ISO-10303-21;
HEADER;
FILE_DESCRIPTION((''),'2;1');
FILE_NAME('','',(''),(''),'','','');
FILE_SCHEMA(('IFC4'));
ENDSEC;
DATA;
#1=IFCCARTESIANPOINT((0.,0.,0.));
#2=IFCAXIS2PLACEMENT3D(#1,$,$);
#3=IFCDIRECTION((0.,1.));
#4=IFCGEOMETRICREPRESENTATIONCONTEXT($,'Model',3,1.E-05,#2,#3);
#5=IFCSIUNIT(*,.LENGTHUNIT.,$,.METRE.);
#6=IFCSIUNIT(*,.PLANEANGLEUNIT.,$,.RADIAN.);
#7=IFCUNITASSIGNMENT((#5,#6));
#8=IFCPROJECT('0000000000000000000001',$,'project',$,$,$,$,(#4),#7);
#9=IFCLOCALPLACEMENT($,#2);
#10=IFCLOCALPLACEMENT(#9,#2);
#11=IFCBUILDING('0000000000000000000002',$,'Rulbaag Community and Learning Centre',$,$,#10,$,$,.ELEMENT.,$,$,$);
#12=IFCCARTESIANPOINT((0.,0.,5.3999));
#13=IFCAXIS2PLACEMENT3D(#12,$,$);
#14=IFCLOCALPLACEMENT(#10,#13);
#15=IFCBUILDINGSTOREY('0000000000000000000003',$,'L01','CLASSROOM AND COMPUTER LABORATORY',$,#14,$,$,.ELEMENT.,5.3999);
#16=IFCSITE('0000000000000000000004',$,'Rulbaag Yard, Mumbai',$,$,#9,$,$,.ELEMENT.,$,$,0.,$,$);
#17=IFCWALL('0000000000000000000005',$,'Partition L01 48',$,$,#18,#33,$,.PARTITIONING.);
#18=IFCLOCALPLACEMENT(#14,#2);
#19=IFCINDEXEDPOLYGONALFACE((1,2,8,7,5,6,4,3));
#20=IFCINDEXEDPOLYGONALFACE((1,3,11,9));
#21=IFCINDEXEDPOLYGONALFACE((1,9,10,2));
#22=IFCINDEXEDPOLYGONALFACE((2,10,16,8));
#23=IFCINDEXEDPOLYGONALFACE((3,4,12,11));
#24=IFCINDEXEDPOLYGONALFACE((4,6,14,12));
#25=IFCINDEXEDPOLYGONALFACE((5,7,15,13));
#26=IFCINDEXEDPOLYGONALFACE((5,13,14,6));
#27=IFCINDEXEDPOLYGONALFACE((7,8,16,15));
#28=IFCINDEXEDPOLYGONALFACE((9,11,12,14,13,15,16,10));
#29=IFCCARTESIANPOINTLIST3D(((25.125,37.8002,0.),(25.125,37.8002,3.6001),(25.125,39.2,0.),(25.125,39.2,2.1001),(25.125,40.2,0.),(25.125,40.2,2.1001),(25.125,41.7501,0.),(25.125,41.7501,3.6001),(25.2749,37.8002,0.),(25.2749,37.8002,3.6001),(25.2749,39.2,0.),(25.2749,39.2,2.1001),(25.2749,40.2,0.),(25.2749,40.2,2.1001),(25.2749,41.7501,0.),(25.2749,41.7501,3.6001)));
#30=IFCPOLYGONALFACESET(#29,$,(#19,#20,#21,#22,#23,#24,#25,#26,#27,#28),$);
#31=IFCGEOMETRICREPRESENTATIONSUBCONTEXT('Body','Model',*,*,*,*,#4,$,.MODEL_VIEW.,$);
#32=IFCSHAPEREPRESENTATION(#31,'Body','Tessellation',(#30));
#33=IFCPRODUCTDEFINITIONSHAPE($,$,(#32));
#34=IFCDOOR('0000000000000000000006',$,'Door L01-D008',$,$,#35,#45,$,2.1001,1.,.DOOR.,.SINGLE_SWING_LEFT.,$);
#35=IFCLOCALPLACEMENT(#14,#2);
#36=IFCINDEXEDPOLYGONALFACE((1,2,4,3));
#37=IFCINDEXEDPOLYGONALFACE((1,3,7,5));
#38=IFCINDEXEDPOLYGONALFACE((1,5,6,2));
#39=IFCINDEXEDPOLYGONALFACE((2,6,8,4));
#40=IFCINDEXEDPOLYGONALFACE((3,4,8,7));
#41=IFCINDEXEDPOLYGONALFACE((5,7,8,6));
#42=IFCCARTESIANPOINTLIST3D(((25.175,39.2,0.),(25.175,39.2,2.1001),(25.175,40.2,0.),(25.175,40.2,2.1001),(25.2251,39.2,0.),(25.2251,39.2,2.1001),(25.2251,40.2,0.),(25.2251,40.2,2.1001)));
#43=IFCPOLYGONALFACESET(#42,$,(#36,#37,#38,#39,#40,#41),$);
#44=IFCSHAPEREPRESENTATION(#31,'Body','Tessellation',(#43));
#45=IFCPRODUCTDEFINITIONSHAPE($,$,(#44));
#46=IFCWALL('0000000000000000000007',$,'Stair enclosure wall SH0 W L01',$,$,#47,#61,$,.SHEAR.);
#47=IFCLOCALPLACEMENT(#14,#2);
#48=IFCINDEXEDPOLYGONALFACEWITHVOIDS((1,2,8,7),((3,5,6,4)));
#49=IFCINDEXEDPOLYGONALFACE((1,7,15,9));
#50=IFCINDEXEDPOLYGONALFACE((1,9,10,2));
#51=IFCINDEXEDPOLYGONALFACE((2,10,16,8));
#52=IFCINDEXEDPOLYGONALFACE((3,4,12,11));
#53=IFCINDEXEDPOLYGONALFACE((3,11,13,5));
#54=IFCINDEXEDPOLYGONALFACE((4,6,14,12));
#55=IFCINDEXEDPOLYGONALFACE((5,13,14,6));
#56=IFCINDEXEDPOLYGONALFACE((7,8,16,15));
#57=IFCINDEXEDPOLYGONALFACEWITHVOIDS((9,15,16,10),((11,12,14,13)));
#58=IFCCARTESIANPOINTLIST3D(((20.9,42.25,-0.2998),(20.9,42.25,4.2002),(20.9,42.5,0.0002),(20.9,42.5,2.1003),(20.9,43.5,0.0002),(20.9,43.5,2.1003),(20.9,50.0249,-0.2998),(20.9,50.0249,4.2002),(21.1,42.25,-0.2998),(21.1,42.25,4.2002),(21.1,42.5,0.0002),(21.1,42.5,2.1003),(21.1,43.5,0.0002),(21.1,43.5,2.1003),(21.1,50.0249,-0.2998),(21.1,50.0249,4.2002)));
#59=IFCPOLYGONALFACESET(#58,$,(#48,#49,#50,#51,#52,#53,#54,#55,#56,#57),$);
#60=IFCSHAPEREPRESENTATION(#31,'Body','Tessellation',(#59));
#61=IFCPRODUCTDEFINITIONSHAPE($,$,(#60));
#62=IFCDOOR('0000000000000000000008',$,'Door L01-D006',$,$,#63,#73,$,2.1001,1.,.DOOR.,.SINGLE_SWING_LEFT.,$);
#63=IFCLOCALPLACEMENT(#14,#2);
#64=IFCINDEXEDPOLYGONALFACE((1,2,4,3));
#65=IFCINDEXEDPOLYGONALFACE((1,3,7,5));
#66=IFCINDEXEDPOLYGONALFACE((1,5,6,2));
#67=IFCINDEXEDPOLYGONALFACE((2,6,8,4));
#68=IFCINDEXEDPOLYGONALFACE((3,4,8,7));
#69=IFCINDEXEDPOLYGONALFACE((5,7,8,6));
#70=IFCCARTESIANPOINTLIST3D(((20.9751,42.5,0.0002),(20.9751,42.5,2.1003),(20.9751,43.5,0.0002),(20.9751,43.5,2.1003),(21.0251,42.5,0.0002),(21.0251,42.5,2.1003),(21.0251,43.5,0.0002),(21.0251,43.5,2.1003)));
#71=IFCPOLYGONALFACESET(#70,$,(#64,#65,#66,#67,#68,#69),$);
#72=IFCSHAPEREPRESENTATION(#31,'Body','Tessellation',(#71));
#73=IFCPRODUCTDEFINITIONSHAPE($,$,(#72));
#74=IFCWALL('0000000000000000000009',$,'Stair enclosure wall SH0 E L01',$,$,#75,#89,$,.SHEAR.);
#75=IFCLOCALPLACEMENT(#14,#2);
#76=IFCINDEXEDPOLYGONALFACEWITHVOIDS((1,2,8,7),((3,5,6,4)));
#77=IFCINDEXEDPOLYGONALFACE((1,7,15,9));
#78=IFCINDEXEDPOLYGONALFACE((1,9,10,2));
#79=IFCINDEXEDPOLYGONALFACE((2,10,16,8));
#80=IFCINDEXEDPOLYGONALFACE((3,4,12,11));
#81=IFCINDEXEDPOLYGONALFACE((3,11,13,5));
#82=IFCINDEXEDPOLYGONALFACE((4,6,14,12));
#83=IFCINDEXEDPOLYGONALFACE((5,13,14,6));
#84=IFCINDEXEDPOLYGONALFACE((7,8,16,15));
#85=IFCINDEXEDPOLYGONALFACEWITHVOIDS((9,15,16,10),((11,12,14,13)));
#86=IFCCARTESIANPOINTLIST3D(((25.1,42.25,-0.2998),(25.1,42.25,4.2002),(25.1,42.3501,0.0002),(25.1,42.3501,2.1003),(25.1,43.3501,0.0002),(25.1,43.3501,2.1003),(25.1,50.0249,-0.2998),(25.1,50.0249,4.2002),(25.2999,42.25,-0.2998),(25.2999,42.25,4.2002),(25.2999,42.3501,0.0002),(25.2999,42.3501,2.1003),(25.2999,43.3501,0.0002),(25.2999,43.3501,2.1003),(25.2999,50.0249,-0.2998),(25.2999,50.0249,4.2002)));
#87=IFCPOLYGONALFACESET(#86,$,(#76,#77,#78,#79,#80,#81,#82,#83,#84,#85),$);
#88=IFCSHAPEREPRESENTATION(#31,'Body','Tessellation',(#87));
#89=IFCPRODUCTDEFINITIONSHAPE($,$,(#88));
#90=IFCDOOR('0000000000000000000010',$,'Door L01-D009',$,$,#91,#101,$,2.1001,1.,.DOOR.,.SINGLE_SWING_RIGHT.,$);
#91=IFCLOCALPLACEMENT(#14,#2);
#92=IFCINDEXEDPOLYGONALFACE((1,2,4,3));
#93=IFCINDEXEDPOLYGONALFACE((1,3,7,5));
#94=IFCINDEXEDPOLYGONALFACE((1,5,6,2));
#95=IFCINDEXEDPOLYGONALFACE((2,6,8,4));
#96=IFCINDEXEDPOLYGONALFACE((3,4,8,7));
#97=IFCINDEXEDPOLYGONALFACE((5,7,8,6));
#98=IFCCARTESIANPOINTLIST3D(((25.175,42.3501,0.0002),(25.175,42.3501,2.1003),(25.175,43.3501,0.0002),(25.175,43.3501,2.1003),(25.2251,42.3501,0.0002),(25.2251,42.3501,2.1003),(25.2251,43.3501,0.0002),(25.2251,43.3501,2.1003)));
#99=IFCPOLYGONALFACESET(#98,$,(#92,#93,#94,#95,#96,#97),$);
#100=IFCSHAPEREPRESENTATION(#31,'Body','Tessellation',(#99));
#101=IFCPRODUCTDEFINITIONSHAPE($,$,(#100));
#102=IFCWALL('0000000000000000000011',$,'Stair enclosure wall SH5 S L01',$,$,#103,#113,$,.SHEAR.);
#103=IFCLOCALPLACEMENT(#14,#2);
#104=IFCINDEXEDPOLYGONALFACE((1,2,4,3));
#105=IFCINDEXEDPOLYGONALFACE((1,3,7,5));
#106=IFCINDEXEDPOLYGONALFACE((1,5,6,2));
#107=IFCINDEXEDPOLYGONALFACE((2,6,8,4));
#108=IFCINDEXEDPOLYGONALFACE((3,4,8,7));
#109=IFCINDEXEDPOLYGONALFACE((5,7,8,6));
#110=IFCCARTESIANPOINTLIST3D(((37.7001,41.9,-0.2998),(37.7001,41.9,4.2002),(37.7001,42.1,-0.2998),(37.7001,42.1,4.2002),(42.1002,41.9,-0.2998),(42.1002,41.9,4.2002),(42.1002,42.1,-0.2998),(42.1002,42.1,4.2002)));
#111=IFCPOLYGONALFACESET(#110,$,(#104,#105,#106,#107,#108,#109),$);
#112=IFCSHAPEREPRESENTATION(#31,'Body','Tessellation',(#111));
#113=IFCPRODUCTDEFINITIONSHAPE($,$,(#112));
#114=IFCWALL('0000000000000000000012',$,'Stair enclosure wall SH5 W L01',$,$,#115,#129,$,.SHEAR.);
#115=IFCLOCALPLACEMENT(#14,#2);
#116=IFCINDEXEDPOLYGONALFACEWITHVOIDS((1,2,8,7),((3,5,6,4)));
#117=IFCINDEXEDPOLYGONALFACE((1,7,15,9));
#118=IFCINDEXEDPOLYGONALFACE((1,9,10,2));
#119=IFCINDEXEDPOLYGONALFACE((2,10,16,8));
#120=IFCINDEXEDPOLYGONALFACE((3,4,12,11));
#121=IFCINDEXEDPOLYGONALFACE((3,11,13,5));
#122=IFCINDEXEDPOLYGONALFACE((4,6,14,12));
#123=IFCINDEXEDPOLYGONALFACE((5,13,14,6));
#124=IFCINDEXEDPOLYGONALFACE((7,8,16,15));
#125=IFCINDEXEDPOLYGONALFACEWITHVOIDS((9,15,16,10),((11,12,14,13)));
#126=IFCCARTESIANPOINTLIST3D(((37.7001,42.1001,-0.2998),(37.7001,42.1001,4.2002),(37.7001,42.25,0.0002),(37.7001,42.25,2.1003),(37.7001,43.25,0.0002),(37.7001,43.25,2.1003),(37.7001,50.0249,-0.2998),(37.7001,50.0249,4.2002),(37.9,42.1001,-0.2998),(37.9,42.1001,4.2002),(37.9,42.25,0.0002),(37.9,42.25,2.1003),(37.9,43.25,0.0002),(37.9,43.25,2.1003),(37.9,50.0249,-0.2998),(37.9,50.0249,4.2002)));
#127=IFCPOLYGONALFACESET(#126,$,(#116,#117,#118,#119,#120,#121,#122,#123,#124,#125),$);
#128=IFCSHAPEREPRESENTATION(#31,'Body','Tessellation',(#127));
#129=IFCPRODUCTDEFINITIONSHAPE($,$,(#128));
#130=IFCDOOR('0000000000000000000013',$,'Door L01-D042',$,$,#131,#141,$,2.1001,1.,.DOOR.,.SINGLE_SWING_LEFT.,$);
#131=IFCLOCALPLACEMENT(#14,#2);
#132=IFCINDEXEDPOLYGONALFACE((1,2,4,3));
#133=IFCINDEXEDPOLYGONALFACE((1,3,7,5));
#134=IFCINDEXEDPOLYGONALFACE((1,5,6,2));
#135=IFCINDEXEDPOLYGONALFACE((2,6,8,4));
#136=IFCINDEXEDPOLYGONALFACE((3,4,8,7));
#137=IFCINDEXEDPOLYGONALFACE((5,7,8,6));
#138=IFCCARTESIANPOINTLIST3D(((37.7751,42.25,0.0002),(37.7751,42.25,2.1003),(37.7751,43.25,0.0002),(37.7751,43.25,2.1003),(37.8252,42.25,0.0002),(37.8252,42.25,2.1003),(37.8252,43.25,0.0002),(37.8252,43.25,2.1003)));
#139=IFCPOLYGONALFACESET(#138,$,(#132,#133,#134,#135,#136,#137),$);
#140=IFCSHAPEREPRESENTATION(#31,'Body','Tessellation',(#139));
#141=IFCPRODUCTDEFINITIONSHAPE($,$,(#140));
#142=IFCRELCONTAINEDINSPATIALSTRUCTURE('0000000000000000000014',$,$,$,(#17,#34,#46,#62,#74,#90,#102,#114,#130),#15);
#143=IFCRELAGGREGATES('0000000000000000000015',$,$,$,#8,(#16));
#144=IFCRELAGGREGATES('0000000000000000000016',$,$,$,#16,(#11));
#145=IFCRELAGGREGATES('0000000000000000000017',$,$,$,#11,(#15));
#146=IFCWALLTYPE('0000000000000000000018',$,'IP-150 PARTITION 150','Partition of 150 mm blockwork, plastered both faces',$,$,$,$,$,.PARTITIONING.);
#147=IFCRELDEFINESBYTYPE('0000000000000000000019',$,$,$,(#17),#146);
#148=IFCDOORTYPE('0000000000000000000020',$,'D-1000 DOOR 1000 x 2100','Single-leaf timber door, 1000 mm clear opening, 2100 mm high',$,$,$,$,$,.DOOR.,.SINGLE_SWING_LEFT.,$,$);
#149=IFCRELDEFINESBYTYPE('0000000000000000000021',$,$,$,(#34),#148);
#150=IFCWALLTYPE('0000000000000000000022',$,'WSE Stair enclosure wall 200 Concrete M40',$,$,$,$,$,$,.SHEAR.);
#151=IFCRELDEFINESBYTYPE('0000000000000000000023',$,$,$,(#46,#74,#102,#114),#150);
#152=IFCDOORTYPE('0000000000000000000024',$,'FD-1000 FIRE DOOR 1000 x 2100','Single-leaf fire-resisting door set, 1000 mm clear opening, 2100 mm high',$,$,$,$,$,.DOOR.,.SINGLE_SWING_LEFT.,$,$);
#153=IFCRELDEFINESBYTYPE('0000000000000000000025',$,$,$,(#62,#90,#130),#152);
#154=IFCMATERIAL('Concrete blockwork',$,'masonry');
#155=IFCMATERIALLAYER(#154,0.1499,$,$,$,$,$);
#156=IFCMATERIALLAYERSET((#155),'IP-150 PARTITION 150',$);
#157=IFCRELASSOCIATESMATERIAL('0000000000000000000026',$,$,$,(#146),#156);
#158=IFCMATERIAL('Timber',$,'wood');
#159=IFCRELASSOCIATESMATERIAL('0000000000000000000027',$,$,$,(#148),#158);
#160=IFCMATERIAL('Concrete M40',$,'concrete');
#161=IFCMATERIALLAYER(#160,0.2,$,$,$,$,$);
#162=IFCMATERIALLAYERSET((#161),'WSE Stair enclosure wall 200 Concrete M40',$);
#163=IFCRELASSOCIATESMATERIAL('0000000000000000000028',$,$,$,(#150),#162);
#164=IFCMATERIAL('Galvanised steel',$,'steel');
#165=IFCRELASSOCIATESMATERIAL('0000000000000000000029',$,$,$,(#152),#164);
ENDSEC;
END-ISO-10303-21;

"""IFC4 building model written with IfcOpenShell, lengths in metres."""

from ifc_helpers import new_model, si_unit, direction, frame, frame_2d, origin, place, context, subcontext, project, spatial, rectangle, extrude, material, layer, layer_set, type_object, element, fill, save


model = new_model("IFC4")

# Units and contexts
model_context = context("Model", 3, precision=1e-05, world=origin(), true_north=direction((0.0, 1.0)))
body_context = subcontext(model_context, "Body", "Model", "MODEL_VIEW")
ifc_project = project(units=[si_unit("LENGTHUNIT", "METRE"), si_unit("PLANEANGLEUNIT", "RADIAN")], contexts=[model_context])

# Site, building, storey
site_placement = place(None, origin())
site = spatial("IfcSite", under=ifc_project, at=site_placement, Name="Rulbaag Yard, Mumbai", CompositionType="ELEMENT", RefElevation=0.0)
building_placement = place(site_placement, origin())
building = spatial("IfcBuilding", under=site, at=building_placement, Name="Rulbaag Community and Learning Centre", CompositionType="ELEMENT")
storey_placement = place(building_placement, frame((0.0, 0.0, 5.3999)))
storey = spatial("IfcBuildingStorey", under=building, at=storey_placement, Name="L01", Description="CLASSROOM AND COMPUTER LABORATORY", CompositionType="ELEMENT", Elevation=5.3999)

# Shared definitions
ifc_material_1 = material(Name="Concrete M40", Category="concrete")

# Shared definitions
ifc_material_2 = material(Name="Concrete blockwork", Category="masonry")
ifc_material_3 = material(Name="Galvanised steel", Category="steel")

# Walls, openings, doors
ifc_layer_1 = layer(ifc_material_2, 0.1499)
ifc_layer_set_1 = layer_set([ifc_layer_1], Name="IP-150 PARTITION 150")
wall_type_1 = type_object("IfcWallType", Name="IP-150 PARTITION 150", Description="Partition of 150 mm blockwork, plastered both faces", PredefinedType="PARTITIONING", material=ifc_layer_set_1)
ifc_material_4 = material(Name="Timber", Category="wood")
door_type_1 = type_object("IfcDoorType", Name="D-1000 DOOR 1000 x 2100", Description="Single-leaf timber door, 1000 mm clear opening, 2100 mm high", OperationType="SINGLE_SWING_LEFT", PredefinedType="DOOR", material=ifc_material_4)
wall_1_placement = place(storey_placement, frame((25.2, 37.8, 0.0), z_axis=(0.0, 0.0, 1.0), x_axis=(0.0, 1.0, 0.0)))
wall_1 = element("IfcWall", 1, at=wall_1_placement, inside=storey, type_object=wall_type_1, Name="Partition L01 48", PredefinedType="PARTITIONING", context=body_context, shape_type="SweptSolid", body=[
    extrude(rectangle(XDim=3.95, YDim=0.1499, at=frame_2d((1.9751, 0.0))), origin(), (0.0, 0.0, 1.0), 3.6001),
])
opening_1_placement = place(wall_1_placement, frame((1.3999, 0.0, 0.0)))
opening_1 = element("IfcOpeningElement", 2, at=opening_1_placement, cuts=wall_1, PredefinedType="OPENING", context=body_context, shape_type="SweptSolid", body=[
    extrude(rectangle(XDim=1.0, YDim=2.1001, at=frame_2d((0.5, 1.05))), frame((0.0, 0.085, 0.0), z_axis=(0.0, -1.0, 0.0), x_axis=(1.0, 0.0, 0.0)), (0.0, 0.0, 1.0), 0.1699),
])
door_1_placement = place(opening_1_placement, origin())
door_1 = element("IfcDoor", 3, at=door_1_placement, inside=storey, type_object=door_type_1, Name="Door L01-D008", OperationType="SINGLE_SWING_LEFT", OverallHeight=2.1001, OverallWidth=1.0, PredefinedType="DOOR", context=body_context, shape_type="SweptSolid", body=[
    extrude(rectangle(XDim=1.0, YDim=2.1001, at=frame_2d((0.5, 1.05))), frame((0.0, 0.0249, 0.0), z_axis=(0.0, -1.0, 0.0), x_axis=(1.0, 0.0, 0.0)), (0.0, 0.0, 1.0), 0.05),
])
fill(opening_1, door_1)
ifc_layer_2 = layer(ifc_material_1, 0.2)
ifc_layer_set_2 = layer_set([ifc_layer_2], Name="WSE Stair enclosure wall 200 Concrete M40")
wall_type_2 = type_object("IfcWallType", Name="WSE Stair enclosure wall 200 Concrete M40", PredefinedType="SHEAR", material=ifc_layer_set_2)
wall_2_placement = place(storey_placement, frame((21.0, 42.25, -0.2998), z_axis=(0.0, 0.0, 1.0), x_axis=(0.0, 1.0, 0.0)))
wall_2 = element("IfcWall", 4, at=wall_2_placement, inside=storey, type_object=wall_type_2, Name="Stair enclosure wall SH0 W L01", PredefinedType="SHEAR", context=body_context, shape_type="SweptSolid", body=[
    extrude(rectangle(XDim=7.7749, YDim=0.2, at=frame_2d((3.8875, 0.0))), origin(), (0.0, 0.0, 1.0), 4.5),
])
opening_2_placement = place(wall_2_placement, frame((0.25, 0.0, 0.3)))
opening_2 = element("IfcOpeningElement", 5, at=opening_2_placement, cuts=wall_2, PredefinedType="OPENING", context=body_context, shape_type="SweptSolid", body=[
    extrude(rectangle(XDim=1.0, YDim=2.1001, at=frame_2d((0.5, 1.05))), frame((0.0, 0.1099, 0.0), z_axis=(0.0, -1.0, 0.0), x_axis=(1.0, 0.0, 0.0)), (0.0, 0.0, 1.0), 0.22),
])
door_type_2 = type_object("IfcDoorType", Name="FD-1000 FIRE DOOR 1000 x 2100", Description="Single-leaf fire-resisting door set, 1000 mm clear opening, 2100 mm high", OperationType="SINGLE_SWING_LEFT", PredefinedType="DOOR", material=ifc_material_3)
door_2_placement = place(opening_2_placement, origin())
door_2 = element("IfcDoor", 6, at=door_2_placement, inside=storey, type_object=door_type_2, Name="Door L01-D006", OperationType="SINGLE_SWING_LEFT", OverallHeight=2.1001, OverallWidth=1.0, PredefinedType="DOOR", context=body_context, shape_type="SweptSolid", body=[
    extrude(rectangle(XDim=1.0, YDim=2.1001, at=frame_2d((0.5, 1.05))), frame((0.0, 0.0249, 0.0), z_axis=(0.0, -1.0, 0.0), x_axis=(1.0, 0.0, 0.0)), (0.0, 0.0, 1.0), 0.05),
])
fill(opening_2, door_2)
wall_3_placement = place(storey_placement, frame((25.2, 42.25, -0.2998), z_axis=(0.0, 0.0, 1.0), x_axis=(0.0, 1.0, 0.0)))
wall_3 = element("IfcWall", 7, at=wall_3_placement, inside=storey, type_object=wall_type_2, Name="Stair enclosure wall SH0 E L01", PredefinedType="SHEAR", context=body_context, shape_type="SweptSolid", body=[
    extrude(rectangle(XDim=7.7749, YDim=0.2, at=frame_2d((3.8875, 0.0))), origin(), (0.0, 0.0, 1.0), 4.5),
])
opening_3_placement = place(wall_3_placement, frame((0.1001, 0.0, 0.3)))
opening_3 = element("IfcOpeningElement", 8, at=opening_3_placement, cuts=wall_3, PredefinedType="OPENING", context=body_context, shape_type="SweptSolid", body=[
    extrude(rectangle(XDim=1.0, YDim=2.1001, at=frame_2d((0.5, 1.05))), frame((0.0, 0.1099, 0.0), z_axis=(0.0, -1.0, 0.0), x_axis=(1.0, 0.0, 0.0)), (0.0, 0.0, 1.0), 0.22),
])
door_3_placement = place(opening_3_placement, origin())
door_3 = element("IfcDoor", 9, at=door_3_placement, inside=storey, type_object=door_type_2, Name="Door L01-D009", OperationType="SINGLE_SWING_RIGHT", OverallHeight=2.1001, OverallWidth=1.0, PredefinedType="DOOR", context=body_context, shape_type="SweptSolid", body=[
    extrude(rectangle(XDim=1.0, YDim=2.1001, at=frame_2d((0.5, 1.05))), frame((0.0, 0.0249, 0.0), z_axis=(0.0, -1.0, 0.0), x_axis=(1.0, 0.0, 0.0)), (0.0, 0.0, 1.0), 0.05),
])
fill(opening_3, door_3)

# Wall
wall_4_placement = place(storey_placement, frame((37.7, 42.0, -0.2998), z_axis=(0.0, 0.0, 1.0), x_axis=(1.0, 0.0, 0.0)))
element("IfcWall", 10, at=wall_4_placement, inside=storey, type_object=wall_type_2, Name="Stair enclosure wall SH5 S L01", PredefinedType="SHEAR", context=body_context, shape_type="SweptSolid", body=[
    extrude(rectangle(XDim=4.4001, YDim=0.2, at=frame_2d((2.2002, 0.0))), origin(), (0.0, 0.0, 1.0), 4.5),
])

# Wall, opening, door
wall_5_placement = place(storey_placement, frame((37.8, 42.1001, -0.2998), z_axis=(0.0, 0.0, 1.0), x_axis=(0.0, 1.0, 0.0)))
wall_5 = element("IfcWall", 11, at=wall_5_placement, inside=storey, type_object=wall_type_2, Name="Stair enclosure wall SH5 W L01", PredefinedType="SHEAR", context=body_context, shape_type="SweptSolid", body=[
    extrude(rectangle(XDim=7.9248, YDim=0.2, at=frame_2d((3.9624, 0.0))), origin(), (0.0, 0.0, 1.0), 4.5),
])
opening_4_placement = place(wall_5_placement, frame((0.1499, 0.0, 0.3)))
opening_4 = element("IfcOpeningElement", 12, at=opening_4_placement, cuts=wall_5, PredefinedType="OPENING", context=body_context, shape_type="SweptSolid", body=[
    extrude(rectangle(XDim=1.0, YDim=2.1001, at=frame_2d((0.5, 1.05))), frame((0.0, 0.1099, 0.0), z_axis=(0.0, -1.0, 0.0), x_axis=(1.0, 0.0, 0.0)), (0.0, 0.0, 1.0), 0.22),
])
door_4_placement = place(opening_4_placement, origin())
door_4 = element("IfcDoor", 13, at=door_4_placement, inside=storey, type_object=door_type_2, Name="Door L01-D042", OperationType="SINGLE_SWING_LEFT", OverallHeight=2.1001, OverallWidth=1.0, PredefinedType="DOOR", context=body_context, shape_type="SweptSolid", body=[
    extrude(rectangle(XDim=1.0, YDim=2.1001, at=frame_2d((0.5, 1.05))), frame((0.0, 0.0249, 0.0), z_axis=(0.0, -1.0, 0.0), x_axis=(1.0, 0.0, 0.0)), (0.0, 0.0, 1.0), 0.05),
])
fill(opening_4, door_4)

save(model, "model.ifc")
